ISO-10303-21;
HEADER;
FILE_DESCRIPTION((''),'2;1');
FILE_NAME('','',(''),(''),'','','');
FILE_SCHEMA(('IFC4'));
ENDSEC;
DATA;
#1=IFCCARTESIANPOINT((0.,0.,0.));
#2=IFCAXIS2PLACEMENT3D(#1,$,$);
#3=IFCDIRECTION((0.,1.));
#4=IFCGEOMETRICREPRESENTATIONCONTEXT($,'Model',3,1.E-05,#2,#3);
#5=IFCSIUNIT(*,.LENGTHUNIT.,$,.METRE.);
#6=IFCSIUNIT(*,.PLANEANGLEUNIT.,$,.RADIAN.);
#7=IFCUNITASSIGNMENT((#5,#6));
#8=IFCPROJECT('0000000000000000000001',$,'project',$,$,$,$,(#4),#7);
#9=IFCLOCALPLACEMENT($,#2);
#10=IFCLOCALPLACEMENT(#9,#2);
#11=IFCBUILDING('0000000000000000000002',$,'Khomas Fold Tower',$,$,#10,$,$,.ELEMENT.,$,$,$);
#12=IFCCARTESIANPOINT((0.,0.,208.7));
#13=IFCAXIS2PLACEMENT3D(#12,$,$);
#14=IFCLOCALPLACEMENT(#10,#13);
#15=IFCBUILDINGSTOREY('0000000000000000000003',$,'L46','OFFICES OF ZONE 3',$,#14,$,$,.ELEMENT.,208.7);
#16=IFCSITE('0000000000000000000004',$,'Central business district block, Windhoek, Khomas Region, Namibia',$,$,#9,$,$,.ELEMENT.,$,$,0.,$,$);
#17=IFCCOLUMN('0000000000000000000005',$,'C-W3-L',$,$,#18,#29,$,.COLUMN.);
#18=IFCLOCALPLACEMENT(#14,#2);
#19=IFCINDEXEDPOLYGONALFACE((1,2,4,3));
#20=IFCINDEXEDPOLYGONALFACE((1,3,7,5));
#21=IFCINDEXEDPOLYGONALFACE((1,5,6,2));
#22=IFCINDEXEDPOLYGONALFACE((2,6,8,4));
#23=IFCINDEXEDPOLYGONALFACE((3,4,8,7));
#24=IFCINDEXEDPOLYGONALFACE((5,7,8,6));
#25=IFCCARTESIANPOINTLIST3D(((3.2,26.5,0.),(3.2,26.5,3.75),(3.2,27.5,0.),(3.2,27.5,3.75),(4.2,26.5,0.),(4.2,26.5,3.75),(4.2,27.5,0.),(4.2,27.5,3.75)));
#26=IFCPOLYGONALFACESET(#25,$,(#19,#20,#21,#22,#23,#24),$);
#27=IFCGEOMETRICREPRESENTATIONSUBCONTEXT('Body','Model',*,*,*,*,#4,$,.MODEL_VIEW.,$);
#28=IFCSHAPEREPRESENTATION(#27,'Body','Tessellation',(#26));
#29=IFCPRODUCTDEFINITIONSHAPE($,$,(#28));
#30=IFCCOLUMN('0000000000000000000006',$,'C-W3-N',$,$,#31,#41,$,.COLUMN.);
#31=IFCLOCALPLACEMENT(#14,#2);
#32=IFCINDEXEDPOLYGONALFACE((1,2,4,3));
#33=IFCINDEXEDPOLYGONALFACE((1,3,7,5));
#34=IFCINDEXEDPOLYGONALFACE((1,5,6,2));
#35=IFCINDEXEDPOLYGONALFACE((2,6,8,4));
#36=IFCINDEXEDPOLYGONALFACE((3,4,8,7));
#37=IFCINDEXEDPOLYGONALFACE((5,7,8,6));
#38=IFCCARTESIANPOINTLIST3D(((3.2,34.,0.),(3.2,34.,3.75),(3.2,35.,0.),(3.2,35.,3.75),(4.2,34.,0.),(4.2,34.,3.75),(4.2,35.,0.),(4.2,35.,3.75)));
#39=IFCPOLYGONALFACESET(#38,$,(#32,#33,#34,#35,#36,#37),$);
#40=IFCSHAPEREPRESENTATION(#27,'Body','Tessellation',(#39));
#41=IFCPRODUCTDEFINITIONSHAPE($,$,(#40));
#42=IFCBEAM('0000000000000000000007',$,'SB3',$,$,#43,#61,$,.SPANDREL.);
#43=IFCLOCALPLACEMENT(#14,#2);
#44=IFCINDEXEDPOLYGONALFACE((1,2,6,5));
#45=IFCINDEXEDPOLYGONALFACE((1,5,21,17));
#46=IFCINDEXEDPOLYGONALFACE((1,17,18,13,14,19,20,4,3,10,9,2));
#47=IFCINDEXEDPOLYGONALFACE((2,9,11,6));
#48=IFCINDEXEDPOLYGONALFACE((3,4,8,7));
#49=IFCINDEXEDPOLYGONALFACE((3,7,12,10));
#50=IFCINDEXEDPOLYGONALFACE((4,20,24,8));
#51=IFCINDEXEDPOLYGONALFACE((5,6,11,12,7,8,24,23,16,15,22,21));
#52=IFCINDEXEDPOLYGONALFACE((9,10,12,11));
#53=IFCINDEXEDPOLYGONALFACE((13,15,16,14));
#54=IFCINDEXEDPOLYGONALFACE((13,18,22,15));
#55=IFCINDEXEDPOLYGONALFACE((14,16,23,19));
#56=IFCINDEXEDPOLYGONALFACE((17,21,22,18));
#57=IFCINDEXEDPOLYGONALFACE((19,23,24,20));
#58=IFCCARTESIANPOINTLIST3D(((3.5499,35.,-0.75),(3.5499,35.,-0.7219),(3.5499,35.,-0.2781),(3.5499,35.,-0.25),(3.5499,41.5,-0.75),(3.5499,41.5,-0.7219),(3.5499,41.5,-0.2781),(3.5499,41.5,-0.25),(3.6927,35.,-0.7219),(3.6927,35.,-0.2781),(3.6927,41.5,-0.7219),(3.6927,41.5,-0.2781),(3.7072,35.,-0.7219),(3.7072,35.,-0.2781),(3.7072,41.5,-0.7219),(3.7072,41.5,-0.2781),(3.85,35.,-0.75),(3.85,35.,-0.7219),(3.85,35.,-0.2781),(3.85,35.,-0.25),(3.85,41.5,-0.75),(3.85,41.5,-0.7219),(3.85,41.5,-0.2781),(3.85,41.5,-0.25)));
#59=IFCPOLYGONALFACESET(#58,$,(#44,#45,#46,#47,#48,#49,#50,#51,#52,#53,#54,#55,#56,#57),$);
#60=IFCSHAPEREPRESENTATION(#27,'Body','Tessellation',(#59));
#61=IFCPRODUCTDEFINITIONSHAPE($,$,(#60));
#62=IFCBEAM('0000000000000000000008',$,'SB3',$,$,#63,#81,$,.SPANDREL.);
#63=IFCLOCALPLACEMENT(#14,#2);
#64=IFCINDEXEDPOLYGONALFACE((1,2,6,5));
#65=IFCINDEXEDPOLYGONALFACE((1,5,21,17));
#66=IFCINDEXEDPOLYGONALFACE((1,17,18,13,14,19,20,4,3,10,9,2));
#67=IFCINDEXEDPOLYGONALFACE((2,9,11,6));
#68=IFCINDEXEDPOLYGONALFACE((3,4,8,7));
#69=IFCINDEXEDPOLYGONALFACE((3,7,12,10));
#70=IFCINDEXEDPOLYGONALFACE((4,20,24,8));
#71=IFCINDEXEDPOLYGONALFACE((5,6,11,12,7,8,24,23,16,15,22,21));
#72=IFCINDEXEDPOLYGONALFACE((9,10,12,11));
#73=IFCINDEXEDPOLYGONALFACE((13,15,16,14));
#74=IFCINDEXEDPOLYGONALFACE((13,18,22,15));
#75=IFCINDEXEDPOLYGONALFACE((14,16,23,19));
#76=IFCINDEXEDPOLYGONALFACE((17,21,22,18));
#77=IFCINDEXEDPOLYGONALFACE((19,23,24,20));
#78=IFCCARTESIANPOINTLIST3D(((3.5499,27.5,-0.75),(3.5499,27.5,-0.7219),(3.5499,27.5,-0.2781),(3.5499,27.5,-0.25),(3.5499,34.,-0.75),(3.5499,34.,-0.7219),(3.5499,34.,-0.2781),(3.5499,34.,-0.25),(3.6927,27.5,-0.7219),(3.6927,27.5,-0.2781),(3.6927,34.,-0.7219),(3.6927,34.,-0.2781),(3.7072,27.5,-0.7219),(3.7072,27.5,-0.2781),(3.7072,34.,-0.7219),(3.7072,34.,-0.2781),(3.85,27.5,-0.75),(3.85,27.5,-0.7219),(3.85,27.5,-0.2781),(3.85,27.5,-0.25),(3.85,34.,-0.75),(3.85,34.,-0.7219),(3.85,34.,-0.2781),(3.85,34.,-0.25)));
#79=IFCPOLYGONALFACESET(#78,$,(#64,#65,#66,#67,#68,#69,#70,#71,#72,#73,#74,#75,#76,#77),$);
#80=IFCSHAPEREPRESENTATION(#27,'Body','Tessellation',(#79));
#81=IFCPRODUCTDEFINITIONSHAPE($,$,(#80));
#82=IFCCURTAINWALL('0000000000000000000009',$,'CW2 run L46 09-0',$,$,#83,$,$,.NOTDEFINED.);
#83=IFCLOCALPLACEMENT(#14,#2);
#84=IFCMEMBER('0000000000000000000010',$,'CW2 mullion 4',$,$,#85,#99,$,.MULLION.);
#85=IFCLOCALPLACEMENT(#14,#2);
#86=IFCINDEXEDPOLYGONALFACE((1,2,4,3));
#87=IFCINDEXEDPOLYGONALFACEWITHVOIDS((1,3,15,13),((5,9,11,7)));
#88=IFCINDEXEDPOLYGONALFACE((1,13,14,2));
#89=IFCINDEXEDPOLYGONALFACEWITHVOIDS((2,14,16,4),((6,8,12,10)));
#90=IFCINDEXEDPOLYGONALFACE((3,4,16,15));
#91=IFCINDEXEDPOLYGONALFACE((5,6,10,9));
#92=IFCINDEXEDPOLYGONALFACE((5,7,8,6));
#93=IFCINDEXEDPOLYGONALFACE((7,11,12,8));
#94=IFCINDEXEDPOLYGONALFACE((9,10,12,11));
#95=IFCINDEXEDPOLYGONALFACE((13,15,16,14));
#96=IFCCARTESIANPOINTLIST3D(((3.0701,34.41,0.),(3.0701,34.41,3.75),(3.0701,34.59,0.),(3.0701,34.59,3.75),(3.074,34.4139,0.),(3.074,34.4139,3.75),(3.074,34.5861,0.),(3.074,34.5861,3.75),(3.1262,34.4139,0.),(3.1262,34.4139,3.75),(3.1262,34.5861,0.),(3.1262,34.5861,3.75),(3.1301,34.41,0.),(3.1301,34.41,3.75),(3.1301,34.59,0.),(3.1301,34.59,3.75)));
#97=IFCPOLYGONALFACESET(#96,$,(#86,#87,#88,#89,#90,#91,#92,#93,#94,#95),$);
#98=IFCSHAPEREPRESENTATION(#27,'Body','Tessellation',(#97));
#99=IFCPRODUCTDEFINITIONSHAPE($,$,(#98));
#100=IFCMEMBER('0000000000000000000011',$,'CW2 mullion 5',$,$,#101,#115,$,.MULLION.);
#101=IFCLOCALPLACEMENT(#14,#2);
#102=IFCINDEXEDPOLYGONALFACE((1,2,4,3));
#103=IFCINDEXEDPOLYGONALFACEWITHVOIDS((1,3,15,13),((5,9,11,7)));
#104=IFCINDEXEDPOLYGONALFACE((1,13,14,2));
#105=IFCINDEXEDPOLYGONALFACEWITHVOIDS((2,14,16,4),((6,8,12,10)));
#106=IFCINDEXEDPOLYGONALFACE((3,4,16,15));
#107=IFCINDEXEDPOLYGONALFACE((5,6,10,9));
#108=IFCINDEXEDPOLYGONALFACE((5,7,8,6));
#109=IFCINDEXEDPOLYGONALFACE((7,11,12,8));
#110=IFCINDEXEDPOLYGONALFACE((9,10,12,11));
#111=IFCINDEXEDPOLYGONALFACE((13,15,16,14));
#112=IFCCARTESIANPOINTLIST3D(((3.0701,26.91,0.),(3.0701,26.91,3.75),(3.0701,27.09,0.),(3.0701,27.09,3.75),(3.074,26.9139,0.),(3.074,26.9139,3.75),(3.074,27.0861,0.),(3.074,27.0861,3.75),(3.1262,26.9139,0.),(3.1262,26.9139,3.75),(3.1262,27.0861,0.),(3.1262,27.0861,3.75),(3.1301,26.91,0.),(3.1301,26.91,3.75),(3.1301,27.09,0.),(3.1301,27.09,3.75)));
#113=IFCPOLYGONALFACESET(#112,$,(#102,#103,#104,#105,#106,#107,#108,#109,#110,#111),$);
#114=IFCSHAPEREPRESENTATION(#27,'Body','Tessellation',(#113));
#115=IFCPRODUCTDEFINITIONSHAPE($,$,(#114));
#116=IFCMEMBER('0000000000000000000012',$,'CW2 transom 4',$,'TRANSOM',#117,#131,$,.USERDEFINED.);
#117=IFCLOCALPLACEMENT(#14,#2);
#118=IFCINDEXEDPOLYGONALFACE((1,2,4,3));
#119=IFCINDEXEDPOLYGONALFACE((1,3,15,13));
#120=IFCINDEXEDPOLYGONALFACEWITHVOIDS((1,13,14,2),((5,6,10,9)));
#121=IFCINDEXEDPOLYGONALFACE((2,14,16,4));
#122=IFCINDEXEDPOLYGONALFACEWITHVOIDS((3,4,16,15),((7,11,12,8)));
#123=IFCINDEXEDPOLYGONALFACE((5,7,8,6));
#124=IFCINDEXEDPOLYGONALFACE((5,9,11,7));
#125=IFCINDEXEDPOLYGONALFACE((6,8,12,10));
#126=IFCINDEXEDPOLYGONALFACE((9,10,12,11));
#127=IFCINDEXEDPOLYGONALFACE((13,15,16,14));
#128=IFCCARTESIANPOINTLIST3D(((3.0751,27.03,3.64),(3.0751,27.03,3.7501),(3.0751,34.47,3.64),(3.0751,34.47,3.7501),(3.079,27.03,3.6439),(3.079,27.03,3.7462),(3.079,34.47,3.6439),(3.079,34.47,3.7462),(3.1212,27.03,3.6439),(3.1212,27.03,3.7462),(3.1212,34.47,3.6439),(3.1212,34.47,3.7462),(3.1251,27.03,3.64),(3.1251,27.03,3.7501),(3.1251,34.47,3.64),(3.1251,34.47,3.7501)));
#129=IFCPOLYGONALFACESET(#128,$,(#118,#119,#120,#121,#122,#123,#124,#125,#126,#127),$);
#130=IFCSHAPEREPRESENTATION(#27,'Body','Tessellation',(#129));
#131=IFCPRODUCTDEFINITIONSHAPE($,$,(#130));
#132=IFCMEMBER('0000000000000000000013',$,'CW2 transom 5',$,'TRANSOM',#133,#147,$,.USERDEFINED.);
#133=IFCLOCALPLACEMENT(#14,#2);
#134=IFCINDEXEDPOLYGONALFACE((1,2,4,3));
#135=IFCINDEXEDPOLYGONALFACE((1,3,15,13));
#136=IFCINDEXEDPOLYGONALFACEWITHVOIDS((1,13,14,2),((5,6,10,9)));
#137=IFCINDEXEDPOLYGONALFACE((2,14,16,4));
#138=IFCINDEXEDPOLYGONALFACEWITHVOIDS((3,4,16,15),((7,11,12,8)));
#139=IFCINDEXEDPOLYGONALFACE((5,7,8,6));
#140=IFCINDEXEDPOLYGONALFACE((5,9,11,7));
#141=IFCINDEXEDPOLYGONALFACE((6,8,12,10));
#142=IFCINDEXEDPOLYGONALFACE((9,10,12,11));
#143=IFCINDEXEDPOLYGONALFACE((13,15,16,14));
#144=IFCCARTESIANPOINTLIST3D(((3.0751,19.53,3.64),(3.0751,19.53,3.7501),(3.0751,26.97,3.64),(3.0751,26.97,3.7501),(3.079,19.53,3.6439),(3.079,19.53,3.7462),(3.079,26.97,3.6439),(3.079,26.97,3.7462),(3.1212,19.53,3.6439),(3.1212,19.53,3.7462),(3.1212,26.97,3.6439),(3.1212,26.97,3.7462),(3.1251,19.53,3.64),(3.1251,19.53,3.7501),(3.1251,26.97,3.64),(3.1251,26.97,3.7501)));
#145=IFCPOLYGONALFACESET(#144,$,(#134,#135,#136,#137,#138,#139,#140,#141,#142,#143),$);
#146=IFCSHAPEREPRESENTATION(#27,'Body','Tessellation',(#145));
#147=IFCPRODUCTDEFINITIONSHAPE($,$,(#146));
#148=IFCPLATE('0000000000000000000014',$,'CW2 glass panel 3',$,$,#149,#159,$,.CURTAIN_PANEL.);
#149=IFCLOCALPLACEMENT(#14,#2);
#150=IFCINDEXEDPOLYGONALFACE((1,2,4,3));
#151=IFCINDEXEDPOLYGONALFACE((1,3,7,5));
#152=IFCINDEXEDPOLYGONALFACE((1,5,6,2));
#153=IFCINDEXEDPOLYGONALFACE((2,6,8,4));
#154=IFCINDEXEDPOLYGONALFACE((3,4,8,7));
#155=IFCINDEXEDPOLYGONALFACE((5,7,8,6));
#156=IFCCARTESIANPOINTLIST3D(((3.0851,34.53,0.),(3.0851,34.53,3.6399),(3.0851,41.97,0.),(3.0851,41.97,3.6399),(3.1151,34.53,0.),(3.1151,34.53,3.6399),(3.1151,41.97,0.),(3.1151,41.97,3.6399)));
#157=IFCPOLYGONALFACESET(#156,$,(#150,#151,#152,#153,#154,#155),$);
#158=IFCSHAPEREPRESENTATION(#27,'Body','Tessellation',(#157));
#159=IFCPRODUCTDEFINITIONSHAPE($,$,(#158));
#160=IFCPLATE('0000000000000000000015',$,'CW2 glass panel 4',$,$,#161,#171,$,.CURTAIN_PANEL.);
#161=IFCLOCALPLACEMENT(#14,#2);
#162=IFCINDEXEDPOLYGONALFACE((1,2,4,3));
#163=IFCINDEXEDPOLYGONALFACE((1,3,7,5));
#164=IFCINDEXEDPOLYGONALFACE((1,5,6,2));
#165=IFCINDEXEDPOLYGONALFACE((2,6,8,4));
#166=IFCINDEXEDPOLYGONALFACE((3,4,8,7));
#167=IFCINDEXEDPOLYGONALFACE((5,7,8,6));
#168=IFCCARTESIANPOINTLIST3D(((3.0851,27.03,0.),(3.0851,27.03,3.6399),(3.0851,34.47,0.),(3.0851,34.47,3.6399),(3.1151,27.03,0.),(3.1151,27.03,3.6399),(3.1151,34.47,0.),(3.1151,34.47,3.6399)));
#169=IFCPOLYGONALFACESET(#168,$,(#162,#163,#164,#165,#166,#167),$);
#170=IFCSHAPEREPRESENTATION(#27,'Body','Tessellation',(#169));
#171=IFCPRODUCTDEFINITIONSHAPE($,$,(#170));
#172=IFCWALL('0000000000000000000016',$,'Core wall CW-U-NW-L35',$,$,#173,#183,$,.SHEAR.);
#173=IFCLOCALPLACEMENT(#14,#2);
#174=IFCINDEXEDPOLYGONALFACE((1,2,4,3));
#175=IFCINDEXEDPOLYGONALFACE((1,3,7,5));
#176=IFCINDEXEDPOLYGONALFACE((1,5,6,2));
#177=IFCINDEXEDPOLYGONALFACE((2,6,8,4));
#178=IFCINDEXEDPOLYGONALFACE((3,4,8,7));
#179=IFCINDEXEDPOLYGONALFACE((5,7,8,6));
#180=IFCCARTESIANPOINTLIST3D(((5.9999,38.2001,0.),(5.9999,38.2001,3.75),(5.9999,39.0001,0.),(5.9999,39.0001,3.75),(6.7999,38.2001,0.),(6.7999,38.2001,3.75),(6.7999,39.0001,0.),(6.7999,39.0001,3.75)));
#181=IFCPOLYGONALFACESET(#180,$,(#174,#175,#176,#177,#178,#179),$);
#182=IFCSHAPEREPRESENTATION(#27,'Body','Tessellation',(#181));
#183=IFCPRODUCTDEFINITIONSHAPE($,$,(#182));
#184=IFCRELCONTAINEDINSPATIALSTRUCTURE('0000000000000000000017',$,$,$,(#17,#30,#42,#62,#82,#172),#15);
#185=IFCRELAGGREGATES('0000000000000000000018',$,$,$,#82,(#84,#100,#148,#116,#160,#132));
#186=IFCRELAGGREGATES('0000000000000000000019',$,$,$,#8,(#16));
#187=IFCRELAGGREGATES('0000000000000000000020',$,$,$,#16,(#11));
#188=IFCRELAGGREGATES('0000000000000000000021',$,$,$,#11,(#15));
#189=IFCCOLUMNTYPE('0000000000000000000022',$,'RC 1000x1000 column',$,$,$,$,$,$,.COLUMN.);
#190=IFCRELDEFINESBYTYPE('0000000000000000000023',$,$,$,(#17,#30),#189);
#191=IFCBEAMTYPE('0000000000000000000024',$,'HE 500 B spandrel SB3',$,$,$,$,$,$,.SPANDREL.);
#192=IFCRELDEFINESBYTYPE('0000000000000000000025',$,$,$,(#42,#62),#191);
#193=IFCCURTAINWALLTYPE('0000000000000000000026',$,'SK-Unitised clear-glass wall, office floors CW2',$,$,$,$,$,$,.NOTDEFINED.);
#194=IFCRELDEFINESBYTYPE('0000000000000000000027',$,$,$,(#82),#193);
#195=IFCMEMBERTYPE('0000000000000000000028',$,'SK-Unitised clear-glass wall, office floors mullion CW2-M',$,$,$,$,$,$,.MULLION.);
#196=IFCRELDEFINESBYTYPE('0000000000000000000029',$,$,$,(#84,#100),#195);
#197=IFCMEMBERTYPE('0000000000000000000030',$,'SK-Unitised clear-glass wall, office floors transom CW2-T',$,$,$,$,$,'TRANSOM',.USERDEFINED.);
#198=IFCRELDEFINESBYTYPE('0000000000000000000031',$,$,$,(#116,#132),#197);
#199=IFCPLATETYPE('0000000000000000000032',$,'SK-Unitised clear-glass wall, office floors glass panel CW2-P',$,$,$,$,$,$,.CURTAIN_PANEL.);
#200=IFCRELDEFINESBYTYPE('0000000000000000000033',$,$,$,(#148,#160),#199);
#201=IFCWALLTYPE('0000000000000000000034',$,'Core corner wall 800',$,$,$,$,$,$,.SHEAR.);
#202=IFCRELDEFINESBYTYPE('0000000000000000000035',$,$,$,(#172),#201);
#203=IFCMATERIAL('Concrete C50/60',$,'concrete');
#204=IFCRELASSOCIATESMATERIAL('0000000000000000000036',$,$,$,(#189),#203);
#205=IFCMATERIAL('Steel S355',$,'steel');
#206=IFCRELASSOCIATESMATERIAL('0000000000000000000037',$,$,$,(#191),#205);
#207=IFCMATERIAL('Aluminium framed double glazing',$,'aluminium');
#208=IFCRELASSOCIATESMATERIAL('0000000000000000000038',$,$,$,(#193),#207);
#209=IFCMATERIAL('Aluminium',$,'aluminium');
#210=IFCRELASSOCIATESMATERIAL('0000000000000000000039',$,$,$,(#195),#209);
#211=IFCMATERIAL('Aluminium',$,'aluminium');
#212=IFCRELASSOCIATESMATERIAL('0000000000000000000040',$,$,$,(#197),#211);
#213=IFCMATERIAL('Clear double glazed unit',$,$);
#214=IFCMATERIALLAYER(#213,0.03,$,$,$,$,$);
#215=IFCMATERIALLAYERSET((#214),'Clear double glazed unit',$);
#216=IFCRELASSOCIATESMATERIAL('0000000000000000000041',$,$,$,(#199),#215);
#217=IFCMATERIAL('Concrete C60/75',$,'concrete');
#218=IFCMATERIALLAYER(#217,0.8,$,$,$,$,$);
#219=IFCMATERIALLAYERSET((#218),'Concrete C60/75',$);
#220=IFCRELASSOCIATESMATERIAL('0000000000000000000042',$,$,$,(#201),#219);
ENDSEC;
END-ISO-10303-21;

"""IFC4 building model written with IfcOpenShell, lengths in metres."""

from ifc_helpers import new_model, si_unit, direction, frame, frame_2d, origin, origin_2d, place, context, subcontext, project, spatial, rectangle, hollow_rectangle, i_section, extrude, source, transform, mapped, material, layer, layer_set, material_profile, profile_set, type_object, element, aggregate, save


model = new_model("IFC4")

# Units and contexts
model_context = context("Model", 3, precision=1e-05, world=origin(), true_north=direction((0.0, 1.0)))
body_context = subcontext(model_context, "Body", "Model", "MODEL_VIEW")
ifc_project = project(units=[si_unit("LENGTHUNIT", "METRE"), si_unit("PLANEANGLEUNIT", "RADIAN")], contexts=[model_context])

# Site, building, storey
site_placement = place(None, origin())
site = spatial("IfcSite", under=ifc_project, at=site_placement, Name="Central business district block, Windhoek, Khomas Region, Namibia", CompositionType="ELEMENT", RefElevation=0.0)
building_placement = place(site_placement, origin())
building = spatial("IfcBuilding", under=site, at=building_placement, Name="Khomas Fold Tower", CompositionType="ELEMENT")
storey_placement = place(building_placement, frame((0.0, 0.0, 208.7)))
storey = spatial("IfcBuildingStorey", under=building, at=storey_placement, Name="L46", Description="OFFICES OF ZONE 3", CompositionType="ELEMENT", Elevation=208.7)

# Columns
ifc_material_1 = material(Name="Concrete C50/60", Category="concrete")
ifc_material_profile_1 = material_profile(ifc_material_1, rectangle(XDim=1.0, YDim=1.0, at=origin_2d()), Name="RC 1000x1000")
ifc_profile_set_1 = profile_set([ifc_material_profile_1], Name="Concrete C50/60")
column_type = type_object("IfcColumnType", Name="RC 1000x1000 column", PredefinedType="COLUMN", material=ifc_profile_set_1)
shared_shape_1 = source(origin(), body_context, "Body", "SweptSolid", [
    extrude(rectangle(XDim=1.0, YDim=1.0, at=origin_2d()), origin(), (0.0, 0.0, 1.0), 3.75),
])
for number, where, z_axis, x_axis, name in (
    (1, (3.7, 27.0, 0.0), (0.0, 0.0, 1.0), (1.0, 0.0, 0.0), "C-W3-L"),
    (2, (3.7, 34.5, 0.0), (0.0, 0.0, 1.0), (1.0, 0.0, 0.0), "C-W3-N"),
):
    element("IfcColumn", number, at=place(storey_placement, frame(where, z_axis=z_axis, x_axis=x_axis)), inside=storey, type_object=column_type, Name=name, PredefinedType="COLUMN", context=body_context, shape_type="MappedRepresentation", body=[
        mapped(shared_shape_1, transform((0.0, 0.0, 0.0))),
    ])

# Beams
ifc_material_2 = material(Name="Steel S355", Category="steel")
ifc_material_profile_2 = material_profile(ifc_material_2, i_section(OverallWidth=0.3, OverallDepth=0.5, WebThickness=0.0144, FlangeThickness=0.0281, at=origin_2d()), Name="HE 500 B")
ifc_profile_set_2 = profile_set([ifc_material_profile_2], Name="Steel S355")
beam_type = type_object("IfcBeamType", Name="HE 500 B spandrel SB3", PredefinedType="SPANDREL", material=ifc_profile_set_2)
shared_shape_2 = source(origin(), body_context, "Body", "SweptSolid", [
    extrude(i_section(OverallWidth=0.3, OverallDepth=0.5, WebThickness=0.0144, FlangeThickness=0.0281, at=origin_2d()), origin(), (0.0, 0.0, 1.0), 6.5),
])
for number, where, z_axis, x_axis, name in (
    (3, (3.7, 35.0, -0.5), (0.0, 1.0, 0.0), (-1.0, 0.0, 0.0), "SB3"),
    (4, (3.7, 27.5, -0.5), (0.0, 1.0, 0.0), (-1.0, 0.0, 0.0), "SB3"),
):
    element("IfcBeam", number, at=place(storey_placement, frame(where, z_axis=z_axis, x_axis=x_axis)), inside=storey, type_object=beam_type, Name=name, PredefinedType="SPANDREL", context=body_context, shape_type="MappedRepresentation", body=[
        mapped(shared_shape_2, transform((0.0, 0.0, 0.0))),
    ])

# Curtain wall, members, plates
ifc_material_3 = material(Name="Aluminium framed double glazing", Category="aluminium")
curtain_wall_type = type_object("IfcCurtainWallType", Name="SK-Unitised clear-glass wall, office floors CW2", PredefinedType="NOTDEFINED", material=ifc_material_3)
curtain_wall_placement = place(storey_placement, origin())
curtain_wall = element("IfcCurtainWall", 5, at=curtain_wall_placement, inside=storey, type_object=curtain_wall_type, Name="CW2 run L46 09-0", PredefinedType="NOTDEFINED")
ifc_material_4 = material(Name="Aluminium", Category="aluminium")
ifc_material_profile_3 = material_profile(ifc_material_4, hollow_rectangle(XDim=0.0601, YDim=0.1799, WallThickness=0.0039, at=origin_2d()), Name="SK-Unitised clear-glass wall, office floors mullion CW2-M")
ifc_profile_set_3 = profile_set([ifc_material_profile_3], Name="Aluminium")
member_type_1 = type_object("IfcMemberType", Name="SK-Unitised clear-glass wall, office floors mullion CW2-M", PredefinedType="MULLION", material=ifc_profile_set_3)
shared_shape_3 = source(origin(), body_context, "Body", "SweptSolid", [
    extrude(hollow_rectangle(XDim=0.0601, YDim=0.1799, WallThickness=0.0039, at=origin_2d()), origin(), (0.0, 0.0, 1.0), 3.75),
])
member_1_placement = place(storey_placement, frame((3.1001, 34.5, 0.0), z_axis=(0.0, 0.0, 1.0), x_axis=(1.0, 0.0, 0.0)))
member_1 = element("IfcMember", 6, at=member_1_placement, type_object=member_type_1, Name="CW2 mullion 4", PredefinedType="MULLION", context=body_context, shape_type="MappedRepresentation", body=[
    mapped(shared_shape_3, transform((0.0, 0.0, 0.0))),
])
member_2_placement = place(storey_placement, frame((3.1001, 27.0, 0.0), z_axis=(0.0, 0.0, 1.0), x_axis=(1.0, 0.0, 0.0)))
member_2 = element("IfcMember", 7, at=member_2_placement, type_object=member_type_1, Name="CW2 mullion 5", PredefinedType="MULLION", context=body_context, shape_type="MappedRepresentation", body=[
    mapped(shared_shape_3, transform((0.0, 0.0, 0.0))),
])
ifc_material_5 = material(Name="Aluminium", Category="aluminium")
ifc_material_profile_4 = material_profile(ifc_material_5, hollow_rectangle(XDim=0.05, YDim=0.1101, WallThickness=0.0039, at=origin_2d()), Name="SK-Unitised clear-glass wall, office floors transom CW2-T")
ifc_profile_set_4 = profile_set([ifc_material_profile_4], Name="Aluminium")
member_type_2 = type_object("IfcMemberType", Name="SK-Unitised clear-glass wall, office floors transom CW2-T", ElementType="TRANSOM", PredefinedType="USERDEFINED", material=ifc_profile_set_4)
shared_shape_4 = source(origin(), body_context, "Body", "SweptSolid", [
    extrude(hollow_rectangle(XDim=0.05, YDim=0.1101, WallThickness=0.0039, at=origin_2d()), origin(), (0.0, 0.0, 1.0), 7.4399),
])
member_3_placement = place(storey_placement, frame((3.1001, 34.47, 3.6951), z_axis=(0.0, -1.0, 0.0), x_axis=(1.0, 0.0, 0.0)))
member_3 = element("IfcMember", 8, at=member_3_placement, type_object=member_type_2, Name="CW2 transom 4", ObjectType="TRANSOM", PredefinedType="USERDEFINED", context=body_context, shape_type="MappedRepresentation", body=[
    mapped(shared_shape_4, transform((0.0, 0.0, 0.0))),
])
member_4_placement = place(storey_placement, frame((3.1001, 26.97, 3.6951), z_axis=(0.0, -1.0, 0.0), x_axis=(1.0, 0.0, 0.0)))
member_4 = element("IfcMember", 9, at=member_4_placement, type_object=member_type_2, Name="CW2 transom 5", ObjectType="TRANSOM", PredefinedType="USERDEFINED", context=body_context, shape_type="MappedRepresentation", body=[
    mapped(shared_shape_4, transform((0.0, 0.0, 0.0))),
])
ifc_material_6 = material(Name="Clear double glazed unit")
ifc_layer_1 = layer(ifc_material_6, 0.03)
ifc_layer_set_1 = layer_set([ifc_layer_1], Name="Clear double glazed unit")
plate_type = type_object("IfcPlateType", Name="SK-Unitised clear-glass wall, office floors glass panel CW2-P", PredefinedType="CURTAIN_PANEL", material=ifc_layer_set_1)
shared_shape_5 = source(origin(), body_context, "Body", "SweptSolid", [
    extrude(rectangle(XDim=7.4399, YDim=0.03, at=origin_2d()), origin(), (0.0, 0.0, 1.0), 3.6399),
])
plate_1_placement = place(storey_placement, frame((3.1001, 38.25, 0.0), z_axis=(0.0, 0.0, 1.0), x_axis=(0.0, -1.0, 0.0)))
plate_1 = element("IfcPlate", 10, at=plate_1_placement, type_object=plate_type, Name="CW2 glass panel 3", PredefinedType="CURTAIN_PANEL", context=body_context, shape_type="MappedRepresentation", body=[
    mapped(shared_shape_5, transform((0.0, 0.0, 0.0))),
])
plate_2_placement = place(storey_placement, frame((3.1001, 30.75, 0.0), z_axis=(0.0, 0.0, 1.0), x_axis=(0.0, -1.0, 0.0)))
plate_2 = element("IfcPlate", 11, at=plate_2_placement, type_object=plate_type, Name="CW2 glass panel 4", PredefinedType="CURTAIN_PANEL", context=body_context, shape_type="MappedRepresentation", body=[
    mapped(shared_shape_5, transform((0.0, 0.0, 0.0))),
])
aggregate(curtain_wall, [member_1, member_2, plate_1, member_3, plate_2, member_4])

# Wall
ifc_material_7 = material(Name="Concrete C60/75", Category="concrete")
ifc_layer_2 = layer(ifc_material_7, 0.8)
ifc_layer_set_2 = layer_set([ifc_layer_2], Name="Concrete C60/75")
wall_type = type_object("IfcWallType", Name="Core corner wall 800", PredefinedType="SHEAR", material=ifc_layer_set_2)
shared_shape_6 = source(origin(), body_context, "Body", "SweptSolid", [
    extrude(rectangle(XDim=0.8, YDim=0.8, at=frame_2d((0.3999, 0.0))), origin(), (0.0, 0.0, 1.0), 3.75),
])
wall_placement = place(storey_placement, frame((6.0, 38.6001, 0.0), z_axis=(0.0, 0.0, 1.0), x_axis=(1.0, 0.0, 0.0)))
element("IfcWall", 12, at=wall_placement, inside=storey, type_object=wall_type, Name="Core wall CW-U-NW-L35", PredefinedType="SHEAR", context=body_context, shape_type="MappedRepresentation", body=[
    mapped(shared_shape_6, transform((0.0, 0.0, 0.0))),
])

save(model, "model.ifc")
